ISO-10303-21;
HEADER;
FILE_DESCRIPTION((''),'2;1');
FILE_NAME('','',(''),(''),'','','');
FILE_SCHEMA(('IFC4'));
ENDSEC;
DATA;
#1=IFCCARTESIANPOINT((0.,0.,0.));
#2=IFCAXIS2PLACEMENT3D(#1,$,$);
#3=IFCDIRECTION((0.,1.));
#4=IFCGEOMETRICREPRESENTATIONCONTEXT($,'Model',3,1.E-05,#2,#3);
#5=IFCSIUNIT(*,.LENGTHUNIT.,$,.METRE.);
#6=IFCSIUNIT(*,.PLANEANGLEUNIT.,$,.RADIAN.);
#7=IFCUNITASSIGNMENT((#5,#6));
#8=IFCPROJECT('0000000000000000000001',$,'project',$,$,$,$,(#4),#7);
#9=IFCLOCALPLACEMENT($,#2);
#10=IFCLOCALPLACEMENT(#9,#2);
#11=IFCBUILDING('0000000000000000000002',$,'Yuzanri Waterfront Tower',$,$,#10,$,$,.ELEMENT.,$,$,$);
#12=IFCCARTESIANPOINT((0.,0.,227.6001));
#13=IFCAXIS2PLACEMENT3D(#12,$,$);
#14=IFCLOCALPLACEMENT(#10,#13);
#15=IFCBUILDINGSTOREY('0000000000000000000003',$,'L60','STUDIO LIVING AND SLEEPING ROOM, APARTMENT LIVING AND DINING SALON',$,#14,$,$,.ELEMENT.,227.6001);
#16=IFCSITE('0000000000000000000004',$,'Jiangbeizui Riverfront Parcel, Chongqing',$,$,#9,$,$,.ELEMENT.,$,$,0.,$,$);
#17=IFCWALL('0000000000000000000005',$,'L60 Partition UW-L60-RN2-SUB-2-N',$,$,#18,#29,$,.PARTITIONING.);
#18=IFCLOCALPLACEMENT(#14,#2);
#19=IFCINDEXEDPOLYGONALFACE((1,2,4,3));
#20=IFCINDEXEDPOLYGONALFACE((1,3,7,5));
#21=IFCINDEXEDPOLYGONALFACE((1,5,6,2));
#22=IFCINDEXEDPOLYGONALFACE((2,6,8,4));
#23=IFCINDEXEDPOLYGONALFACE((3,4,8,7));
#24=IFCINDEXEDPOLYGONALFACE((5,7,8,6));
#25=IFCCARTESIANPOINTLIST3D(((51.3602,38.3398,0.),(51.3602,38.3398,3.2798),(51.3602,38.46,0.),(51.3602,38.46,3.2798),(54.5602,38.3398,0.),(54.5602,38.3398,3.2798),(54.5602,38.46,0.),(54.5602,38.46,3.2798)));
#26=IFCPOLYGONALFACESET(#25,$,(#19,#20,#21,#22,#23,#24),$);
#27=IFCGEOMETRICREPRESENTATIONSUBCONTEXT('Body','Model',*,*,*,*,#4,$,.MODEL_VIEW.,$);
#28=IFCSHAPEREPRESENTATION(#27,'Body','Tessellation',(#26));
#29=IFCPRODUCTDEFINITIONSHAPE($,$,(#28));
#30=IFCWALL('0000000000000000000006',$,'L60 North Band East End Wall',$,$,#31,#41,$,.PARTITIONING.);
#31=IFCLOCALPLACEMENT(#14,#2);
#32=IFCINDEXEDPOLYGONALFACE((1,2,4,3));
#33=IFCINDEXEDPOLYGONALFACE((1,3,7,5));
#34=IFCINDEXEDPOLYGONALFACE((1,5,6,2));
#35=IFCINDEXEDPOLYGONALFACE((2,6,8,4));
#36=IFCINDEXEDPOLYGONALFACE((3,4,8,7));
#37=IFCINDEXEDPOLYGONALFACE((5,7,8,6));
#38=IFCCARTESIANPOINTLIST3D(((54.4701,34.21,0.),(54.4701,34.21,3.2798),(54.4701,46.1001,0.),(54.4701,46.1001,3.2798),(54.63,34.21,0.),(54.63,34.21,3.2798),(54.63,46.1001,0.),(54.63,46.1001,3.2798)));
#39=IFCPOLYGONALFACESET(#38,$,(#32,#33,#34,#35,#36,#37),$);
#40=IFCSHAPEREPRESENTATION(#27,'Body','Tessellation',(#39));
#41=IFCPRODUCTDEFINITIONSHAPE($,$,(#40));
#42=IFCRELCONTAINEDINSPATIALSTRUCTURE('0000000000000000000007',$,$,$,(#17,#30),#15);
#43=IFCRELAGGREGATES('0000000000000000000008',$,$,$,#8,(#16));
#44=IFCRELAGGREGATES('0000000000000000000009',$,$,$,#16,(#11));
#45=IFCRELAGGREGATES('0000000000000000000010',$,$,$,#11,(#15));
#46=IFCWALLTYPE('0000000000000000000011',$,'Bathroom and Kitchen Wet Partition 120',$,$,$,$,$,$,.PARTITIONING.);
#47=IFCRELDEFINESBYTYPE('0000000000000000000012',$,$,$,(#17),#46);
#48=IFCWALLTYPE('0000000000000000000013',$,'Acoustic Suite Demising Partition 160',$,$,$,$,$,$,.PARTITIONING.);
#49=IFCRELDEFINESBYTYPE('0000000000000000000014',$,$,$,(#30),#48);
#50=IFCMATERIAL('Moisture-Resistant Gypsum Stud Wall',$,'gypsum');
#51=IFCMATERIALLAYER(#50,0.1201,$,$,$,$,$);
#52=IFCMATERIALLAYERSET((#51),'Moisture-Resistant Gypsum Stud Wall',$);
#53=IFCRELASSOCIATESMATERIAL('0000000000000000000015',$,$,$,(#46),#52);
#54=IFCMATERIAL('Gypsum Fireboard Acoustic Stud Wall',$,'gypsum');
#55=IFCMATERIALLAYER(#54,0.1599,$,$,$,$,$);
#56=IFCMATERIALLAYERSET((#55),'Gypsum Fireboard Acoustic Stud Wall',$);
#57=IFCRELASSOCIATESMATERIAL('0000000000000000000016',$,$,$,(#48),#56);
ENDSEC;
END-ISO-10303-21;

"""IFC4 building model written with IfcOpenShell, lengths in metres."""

from ifc_helpers import new_model, si_unit, direction, frame, frame_2d, origin, place, context, subcontext, project, spatial, rectangle, extrude, source, transform, mapped, material, layer, layer_set, type_object, element, save


model = new_model("IFC4")

# Units and contexts
model_context = context("Model", 3, precision=1e-05, world=origin(), true_north=direction((0.0, 1.0)))
body_context = subcontext(model_context, "Body", "Model", "MODEL_VIEW")
ifc_project = project(units=[si_unit("LENGTHUNIT", "METRE"), si_unit("PLANEANGLEUNIT", "RADIAN")], contexts=[model_context])

# Site, building, storey
site_placement = place(None, origin())
site = spatial("IfcSite", under=ifc_project, at=site_placement, Name="Jiangbeizui Riverfront Parcel, Chongqing", CompositionType="ELEMENT", RefElevation=0.0)
building_placement = place(site_placement, origin())
building = spatial("IfcBuilding", under=site, at=building_placement, Name="Yuzanri Waterfront Tower", CompositionType="ELEMENT")
storey_placement = place(building_placement, frame((0.0, 0.0, 227.6001)))
storey = spatial("IfcBuildingStorey", under=building, at=storey_placement, Name="L60", Description="STUDIO LIVING AND SLEEPING ROOM, APARTMENT LIVING AND DINING SALON", CompositionType="ELEMENT", Elevation=227.6001)

# Walls
ifc_material_1 = material(Name="Moisture-Resistant Gypsum Stud Wall", Category="gypsum")
ifc_layer_1 = layer(ifc_material_1, 0.1201)
ifc_layer_set_1 = layer_set([ifc_layer_1], Name="Moisture-Resistant Gypsum Stud Wall")
wall_type_1 = type_object("IfcWallType", Name="Bathroom and Kitchen Wet Partition 120", PredefinedType="PARTITIONING", material=ifc_layer_set_1)
shared_shape_1 = source(origin(), body_context, "Body", "SweptSolid", [
    extrude(rectangle(XDim=3.2, YDim=0.1201, at=frame_2d((1.6001, 0.0))), origin(), (0.0, 0.0, 1.0), 3.2798),
])
wall_1_placement = place(storey_placement, frame((51.3601, 38.3999, 0.0), z_axis=(0.0, 0.0, 1.0), x_axis=(1.0, 0.0, 0.0)))
element("IfcWall", 1, at=wall_1_placement, inside=storey, type_object=wall_type_1, Name="L60 Partition UW-L60-RN2-SUB-2-N", PredefinedType="PARTITIONING", context=body_context, shape_type="MappedRepresentation", body=[
    mapped(shared_shape_1, transform((0.0, 0.0, 0.0), scale=1.0)),
])
ifc_material_2 = material(Name="Gypsum Fireboard Acoustic Stud Wall", Category="gypsum")
ifc_layer_2 = layer(ifc_material_2, 0.1599)
ifc_layer_set_2 = layer_set([ifc_layer_2], Name="Gypsum Fireboard Acoustic Stud Wall")
wall_type_2 = type_object("IfcWallType", Name="Acoustic Suite Demising Partition 160", PredefinedType="PARTITIONING", material=ifc_layer_set_2)
shared_shape_2 = source(origin(), body_context, "Body", "SweptSolid", [
    extrude(rectangle(XDim=11.8901, YDim=0.1599, at=frame_2d((5.9451, 0.0))), origin(), (0.0, 0.0, 1.0), 3.2798),
])
wall_2_placement = place(storey_placement, frame((54.55, 34.21, 0.0), z_axis=(0.0, 0.0, 1.0), x_axis=(0.0, 1.0, 0.0)))
element("IfcWall", 2, at=wall_2_placement, inside=storey, type_object=wall_type_2, Name="L60 North Band East End Wall", PredefinedType="PARTITIONING", context=body_context, shape_type="MappedRepresentation", body=[
    mapped(shared_shape_2, transform((0.0, 0.0, 0.0), scale=1.0)),
])

save(model, "model.ifc")
